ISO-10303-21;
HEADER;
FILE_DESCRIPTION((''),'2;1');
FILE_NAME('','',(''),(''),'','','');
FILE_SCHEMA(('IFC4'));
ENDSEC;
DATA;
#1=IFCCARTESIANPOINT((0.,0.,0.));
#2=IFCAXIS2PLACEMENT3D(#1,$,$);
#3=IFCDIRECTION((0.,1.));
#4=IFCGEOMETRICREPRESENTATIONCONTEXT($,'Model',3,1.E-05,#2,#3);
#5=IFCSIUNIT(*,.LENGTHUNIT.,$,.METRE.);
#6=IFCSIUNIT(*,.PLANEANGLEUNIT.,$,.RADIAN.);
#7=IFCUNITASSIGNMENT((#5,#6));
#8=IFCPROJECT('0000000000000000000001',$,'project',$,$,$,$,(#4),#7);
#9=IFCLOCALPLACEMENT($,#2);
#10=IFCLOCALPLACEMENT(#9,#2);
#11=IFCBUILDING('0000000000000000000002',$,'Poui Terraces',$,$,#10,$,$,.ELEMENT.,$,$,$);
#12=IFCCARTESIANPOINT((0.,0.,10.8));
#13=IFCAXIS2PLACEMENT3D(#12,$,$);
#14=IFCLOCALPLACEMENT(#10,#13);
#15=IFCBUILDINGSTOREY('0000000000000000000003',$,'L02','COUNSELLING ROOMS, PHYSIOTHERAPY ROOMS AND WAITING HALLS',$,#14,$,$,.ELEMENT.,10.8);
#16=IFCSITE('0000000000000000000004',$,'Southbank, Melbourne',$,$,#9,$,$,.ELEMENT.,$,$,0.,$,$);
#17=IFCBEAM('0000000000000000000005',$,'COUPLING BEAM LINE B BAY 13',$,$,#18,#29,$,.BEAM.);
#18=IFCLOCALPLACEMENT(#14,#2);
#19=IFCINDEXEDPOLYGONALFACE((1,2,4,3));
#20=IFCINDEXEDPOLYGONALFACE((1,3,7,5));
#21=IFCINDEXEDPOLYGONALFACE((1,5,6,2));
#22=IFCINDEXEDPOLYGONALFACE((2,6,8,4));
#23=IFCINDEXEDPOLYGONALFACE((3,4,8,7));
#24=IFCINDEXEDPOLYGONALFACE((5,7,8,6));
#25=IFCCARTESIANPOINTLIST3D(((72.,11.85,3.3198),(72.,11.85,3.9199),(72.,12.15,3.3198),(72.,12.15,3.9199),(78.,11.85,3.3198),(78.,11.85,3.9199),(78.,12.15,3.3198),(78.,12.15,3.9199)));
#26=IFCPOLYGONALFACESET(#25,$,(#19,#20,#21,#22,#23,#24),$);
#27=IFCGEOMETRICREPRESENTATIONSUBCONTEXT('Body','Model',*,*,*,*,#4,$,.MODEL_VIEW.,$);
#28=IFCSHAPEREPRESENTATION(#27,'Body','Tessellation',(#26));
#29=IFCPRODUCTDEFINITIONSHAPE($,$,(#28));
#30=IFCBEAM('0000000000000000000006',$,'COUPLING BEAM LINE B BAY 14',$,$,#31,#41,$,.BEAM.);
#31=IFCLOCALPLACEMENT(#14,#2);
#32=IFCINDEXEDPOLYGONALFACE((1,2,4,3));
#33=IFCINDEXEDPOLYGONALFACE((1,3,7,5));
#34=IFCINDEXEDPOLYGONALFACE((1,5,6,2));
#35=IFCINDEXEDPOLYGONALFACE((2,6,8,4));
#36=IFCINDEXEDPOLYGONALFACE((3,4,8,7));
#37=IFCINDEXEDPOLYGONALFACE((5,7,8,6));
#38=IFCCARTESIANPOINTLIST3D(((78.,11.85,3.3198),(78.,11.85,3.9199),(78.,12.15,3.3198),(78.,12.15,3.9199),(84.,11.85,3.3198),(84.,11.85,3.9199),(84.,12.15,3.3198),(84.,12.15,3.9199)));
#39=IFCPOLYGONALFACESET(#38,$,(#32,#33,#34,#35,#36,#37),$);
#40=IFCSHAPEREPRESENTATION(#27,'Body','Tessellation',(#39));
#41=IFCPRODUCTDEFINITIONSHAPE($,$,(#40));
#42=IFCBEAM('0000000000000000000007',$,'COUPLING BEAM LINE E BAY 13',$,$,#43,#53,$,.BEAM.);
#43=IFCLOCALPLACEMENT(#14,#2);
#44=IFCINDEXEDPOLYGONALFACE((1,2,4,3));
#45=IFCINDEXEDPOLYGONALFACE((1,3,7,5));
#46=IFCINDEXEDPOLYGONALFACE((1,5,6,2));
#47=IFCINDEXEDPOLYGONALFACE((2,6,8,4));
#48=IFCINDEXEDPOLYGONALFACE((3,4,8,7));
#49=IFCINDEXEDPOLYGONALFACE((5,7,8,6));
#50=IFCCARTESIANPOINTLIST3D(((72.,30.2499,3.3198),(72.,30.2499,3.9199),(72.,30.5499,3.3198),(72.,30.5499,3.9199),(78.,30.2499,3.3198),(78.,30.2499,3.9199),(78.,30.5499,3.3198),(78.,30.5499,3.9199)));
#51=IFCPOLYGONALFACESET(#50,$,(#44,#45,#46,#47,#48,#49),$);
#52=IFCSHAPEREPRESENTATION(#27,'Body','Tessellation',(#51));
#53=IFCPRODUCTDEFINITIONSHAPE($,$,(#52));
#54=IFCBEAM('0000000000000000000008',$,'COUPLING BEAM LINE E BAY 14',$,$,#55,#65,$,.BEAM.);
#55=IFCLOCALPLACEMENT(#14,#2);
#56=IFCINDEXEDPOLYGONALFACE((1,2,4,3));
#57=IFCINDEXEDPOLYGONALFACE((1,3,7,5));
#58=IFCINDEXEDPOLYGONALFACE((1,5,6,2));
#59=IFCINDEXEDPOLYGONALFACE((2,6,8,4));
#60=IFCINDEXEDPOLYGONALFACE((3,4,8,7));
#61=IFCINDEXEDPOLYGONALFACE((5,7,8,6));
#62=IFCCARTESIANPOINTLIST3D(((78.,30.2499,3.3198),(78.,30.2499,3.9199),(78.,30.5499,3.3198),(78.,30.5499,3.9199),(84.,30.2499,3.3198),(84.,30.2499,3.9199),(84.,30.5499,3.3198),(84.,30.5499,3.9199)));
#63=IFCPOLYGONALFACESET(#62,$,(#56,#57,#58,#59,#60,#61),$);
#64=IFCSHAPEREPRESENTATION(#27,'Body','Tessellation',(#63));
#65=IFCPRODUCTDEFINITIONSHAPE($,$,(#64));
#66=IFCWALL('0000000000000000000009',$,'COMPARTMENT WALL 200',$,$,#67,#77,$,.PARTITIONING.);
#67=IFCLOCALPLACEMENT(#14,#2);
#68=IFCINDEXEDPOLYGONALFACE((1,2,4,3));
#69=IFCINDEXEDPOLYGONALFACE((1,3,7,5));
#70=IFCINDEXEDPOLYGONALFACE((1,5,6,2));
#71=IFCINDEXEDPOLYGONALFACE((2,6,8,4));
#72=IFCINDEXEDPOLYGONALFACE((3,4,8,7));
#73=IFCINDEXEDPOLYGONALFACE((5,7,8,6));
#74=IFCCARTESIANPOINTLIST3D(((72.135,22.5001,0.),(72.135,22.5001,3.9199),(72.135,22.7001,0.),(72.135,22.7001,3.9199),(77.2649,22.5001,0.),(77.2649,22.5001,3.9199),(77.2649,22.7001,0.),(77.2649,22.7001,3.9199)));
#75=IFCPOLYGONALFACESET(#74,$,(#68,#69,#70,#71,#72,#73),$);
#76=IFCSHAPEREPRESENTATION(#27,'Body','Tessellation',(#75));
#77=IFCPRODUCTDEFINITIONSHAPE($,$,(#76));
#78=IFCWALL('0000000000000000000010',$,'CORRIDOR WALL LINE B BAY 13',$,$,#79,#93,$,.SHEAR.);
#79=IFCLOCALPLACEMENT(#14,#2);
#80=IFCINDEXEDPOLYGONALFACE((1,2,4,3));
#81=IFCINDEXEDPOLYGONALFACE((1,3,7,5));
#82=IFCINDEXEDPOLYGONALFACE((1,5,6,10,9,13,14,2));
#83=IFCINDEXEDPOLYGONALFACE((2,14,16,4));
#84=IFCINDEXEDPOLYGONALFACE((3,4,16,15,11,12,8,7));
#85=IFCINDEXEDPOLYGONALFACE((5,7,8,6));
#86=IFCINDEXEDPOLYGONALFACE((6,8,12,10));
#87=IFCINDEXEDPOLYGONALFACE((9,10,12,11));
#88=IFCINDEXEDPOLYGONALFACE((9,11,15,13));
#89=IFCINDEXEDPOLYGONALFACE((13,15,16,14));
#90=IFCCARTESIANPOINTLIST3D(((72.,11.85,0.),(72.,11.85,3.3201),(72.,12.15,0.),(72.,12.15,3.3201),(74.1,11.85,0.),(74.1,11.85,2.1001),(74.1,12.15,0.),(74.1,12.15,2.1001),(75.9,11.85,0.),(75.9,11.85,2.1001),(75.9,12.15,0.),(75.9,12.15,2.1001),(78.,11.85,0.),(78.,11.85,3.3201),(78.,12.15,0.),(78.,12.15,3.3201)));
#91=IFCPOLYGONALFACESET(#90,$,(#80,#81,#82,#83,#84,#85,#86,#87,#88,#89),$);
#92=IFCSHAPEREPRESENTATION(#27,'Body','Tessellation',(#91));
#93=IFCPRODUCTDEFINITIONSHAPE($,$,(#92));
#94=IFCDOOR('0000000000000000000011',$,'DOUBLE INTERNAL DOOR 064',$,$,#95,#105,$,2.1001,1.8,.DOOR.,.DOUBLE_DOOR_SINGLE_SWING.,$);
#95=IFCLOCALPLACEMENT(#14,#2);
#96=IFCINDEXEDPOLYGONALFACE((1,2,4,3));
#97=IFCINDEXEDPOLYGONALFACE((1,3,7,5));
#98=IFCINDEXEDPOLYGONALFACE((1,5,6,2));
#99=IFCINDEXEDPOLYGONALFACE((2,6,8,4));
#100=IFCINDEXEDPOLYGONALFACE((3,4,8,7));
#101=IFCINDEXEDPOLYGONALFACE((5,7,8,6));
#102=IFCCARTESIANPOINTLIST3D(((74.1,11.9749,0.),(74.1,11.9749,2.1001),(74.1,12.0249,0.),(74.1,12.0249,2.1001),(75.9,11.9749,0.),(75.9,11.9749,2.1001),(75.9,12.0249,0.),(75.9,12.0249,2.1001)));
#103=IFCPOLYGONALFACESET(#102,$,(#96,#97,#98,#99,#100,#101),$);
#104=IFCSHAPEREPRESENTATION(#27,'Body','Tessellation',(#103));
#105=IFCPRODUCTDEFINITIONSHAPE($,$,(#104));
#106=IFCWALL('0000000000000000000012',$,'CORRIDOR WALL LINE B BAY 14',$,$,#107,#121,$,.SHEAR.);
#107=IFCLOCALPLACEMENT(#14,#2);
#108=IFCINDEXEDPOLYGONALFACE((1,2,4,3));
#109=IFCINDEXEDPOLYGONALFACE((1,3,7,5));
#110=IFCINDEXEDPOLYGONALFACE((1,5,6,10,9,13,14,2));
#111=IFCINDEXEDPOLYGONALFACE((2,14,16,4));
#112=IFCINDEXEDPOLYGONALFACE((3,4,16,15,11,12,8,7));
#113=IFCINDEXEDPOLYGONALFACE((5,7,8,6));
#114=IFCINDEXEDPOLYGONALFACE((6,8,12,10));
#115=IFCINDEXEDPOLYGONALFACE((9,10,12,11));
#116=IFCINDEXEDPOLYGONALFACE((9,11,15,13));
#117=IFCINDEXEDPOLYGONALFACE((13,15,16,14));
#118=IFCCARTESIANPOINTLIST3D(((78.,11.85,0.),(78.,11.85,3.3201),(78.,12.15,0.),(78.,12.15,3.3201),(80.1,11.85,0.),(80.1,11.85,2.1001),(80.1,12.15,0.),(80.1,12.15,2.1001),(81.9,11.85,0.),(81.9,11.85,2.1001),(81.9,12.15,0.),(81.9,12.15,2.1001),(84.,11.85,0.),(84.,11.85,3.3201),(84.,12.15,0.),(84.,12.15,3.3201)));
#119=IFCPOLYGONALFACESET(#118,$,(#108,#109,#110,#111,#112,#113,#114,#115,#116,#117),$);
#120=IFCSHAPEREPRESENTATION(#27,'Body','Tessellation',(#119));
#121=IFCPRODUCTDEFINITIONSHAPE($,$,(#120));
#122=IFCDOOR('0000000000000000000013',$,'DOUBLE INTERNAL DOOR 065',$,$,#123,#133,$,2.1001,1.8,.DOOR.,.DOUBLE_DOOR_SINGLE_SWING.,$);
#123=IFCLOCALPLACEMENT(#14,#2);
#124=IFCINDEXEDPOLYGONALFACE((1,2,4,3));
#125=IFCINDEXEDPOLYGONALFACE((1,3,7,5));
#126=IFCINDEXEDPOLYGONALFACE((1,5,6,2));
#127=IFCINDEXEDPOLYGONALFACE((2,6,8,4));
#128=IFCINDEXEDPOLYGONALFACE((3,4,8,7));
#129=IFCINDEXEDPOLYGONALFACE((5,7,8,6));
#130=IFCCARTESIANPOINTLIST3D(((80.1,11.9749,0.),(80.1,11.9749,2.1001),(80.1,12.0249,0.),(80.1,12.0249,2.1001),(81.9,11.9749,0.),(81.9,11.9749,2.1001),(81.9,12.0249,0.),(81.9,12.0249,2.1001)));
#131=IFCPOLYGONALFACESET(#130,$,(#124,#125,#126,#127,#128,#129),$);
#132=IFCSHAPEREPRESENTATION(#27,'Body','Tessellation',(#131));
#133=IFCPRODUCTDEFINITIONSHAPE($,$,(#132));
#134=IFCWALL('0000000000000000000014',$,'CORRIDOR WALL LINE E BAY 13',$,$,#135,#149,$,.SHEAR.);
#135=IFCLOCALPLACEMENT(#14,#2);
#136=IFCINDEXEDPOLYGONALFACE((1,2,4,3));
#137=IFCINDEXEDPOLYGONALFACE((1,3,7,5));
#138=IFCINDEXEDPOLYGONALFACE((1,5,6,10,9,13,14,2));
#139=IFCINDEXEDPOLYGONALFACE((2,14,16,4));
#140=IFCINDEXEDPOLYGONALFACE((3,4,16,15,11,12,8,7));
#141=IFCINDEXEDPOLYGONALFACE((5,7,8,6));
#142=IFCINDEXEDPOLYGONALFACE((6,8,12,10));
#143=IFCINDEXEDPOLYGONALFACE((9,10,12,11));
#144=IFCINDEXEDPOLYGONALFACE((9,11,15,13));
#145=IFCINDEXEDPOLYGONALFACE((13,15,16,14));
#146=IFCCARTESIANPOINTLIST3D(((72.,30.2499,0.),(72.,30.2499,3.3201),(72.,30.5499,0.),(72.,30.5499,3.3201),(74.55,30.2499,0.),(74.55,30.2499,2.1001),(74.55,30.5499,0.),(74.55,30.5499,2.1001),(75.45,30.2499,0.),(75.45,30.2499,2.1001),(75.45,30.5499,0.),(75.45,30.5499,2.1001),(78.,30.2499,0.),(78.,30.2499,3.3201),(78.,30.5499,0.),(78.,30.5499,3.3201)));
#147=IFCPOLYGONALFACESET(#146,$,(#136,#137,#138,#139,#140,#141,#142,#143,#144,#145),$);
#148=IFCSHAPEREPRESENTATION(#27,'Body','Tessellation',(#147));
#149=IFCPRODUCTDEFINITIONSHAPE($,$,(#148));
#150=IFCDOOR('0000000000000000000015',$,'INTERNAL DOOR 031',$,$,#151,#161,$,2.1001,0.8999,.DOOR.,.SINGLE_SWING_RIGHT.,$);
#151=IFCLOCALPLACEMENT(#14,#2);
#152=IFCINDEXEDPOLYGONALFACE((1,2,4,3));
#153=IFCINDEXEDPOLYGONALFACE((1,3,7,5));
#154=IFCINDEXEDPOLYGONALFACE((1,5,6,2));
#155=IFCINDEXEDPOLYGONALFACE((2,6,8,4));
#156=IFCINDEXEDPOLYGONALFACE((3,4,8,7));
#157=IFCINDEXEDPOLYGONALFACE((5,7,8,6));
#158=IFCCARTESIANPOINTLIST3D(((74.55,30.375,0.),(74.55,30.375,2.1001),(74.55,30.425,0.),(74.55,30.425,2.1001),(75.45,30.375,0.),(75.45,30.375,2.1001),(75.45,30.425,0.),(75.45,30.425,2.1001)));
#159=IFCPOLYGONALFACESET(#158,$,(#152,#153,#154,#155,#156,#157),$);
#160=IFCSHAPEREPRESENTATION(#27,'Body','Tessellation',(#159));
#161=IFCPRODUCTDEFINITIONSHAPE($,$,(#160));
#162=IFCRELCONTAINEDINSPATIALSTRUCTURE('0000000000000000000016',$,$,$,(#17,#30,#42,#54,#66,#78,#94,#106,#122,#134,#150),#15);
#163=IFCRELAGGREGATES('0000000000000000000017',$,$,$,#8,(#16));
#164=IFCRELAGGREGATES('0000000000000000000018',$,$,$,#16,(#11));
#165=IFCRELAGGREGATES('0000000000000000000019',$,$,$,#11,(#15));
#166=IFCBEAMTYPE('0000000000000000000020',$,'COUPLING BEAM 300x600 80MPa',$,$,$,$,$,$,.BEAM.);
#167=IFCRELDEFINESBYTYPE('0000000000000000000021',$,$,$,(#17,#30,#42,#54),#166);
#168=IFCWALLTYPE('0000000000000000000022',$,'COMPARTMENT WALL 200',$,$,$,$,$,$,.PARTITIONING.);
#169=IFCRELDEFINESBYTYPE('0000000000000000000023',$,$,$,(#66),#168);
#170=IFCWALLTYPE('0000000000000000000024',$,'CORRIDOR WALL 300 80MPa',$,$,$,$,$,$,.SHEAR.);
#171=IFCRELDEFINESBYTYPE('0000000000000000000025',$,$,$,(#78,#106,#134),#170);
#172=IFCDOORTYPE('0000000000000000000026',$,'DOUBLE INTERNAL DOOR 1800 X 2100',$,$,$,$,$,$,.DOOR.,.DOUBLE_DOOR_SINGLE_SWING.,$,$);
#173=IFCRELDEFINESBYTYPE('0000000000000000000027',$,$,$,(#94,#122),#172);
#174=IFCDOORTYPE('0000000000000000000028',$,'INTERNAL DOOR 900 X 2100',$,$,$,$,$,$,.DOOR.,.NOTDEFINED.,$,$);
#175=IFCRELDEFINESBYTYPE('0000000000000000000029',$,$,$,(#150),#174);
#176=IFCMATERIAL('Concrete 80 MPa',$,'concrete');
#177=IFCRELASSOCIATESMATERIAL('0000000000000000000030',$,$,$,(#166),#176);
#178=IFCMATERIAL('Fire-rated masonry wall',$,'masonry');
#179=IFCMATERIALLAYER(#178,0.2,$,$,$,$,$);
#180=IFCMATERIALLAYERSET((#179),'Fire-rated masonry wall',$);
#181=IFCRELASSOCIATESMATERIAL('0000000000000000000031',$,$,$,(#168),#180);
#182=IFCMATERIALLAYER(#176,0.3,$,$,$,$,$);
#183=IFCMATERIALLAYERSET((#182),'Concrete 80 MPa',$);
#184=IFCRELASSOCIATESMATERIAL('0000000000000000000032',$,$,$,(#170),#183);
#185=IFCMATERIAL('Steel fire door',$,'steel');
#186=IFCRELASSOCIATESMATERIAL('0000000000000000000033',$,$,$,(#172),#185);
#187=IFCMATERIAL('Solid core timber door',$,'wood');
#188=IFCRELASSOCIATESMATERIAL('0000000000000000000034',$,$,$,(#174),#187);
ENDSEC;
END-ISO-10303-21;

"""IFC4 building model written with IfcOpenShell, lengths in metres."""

from ifc_helpers import new_model, si_unit, direction, frame, frame_2d, origin, origin_2d, place, context, subcontext, project, spatial, rectangle, extrude, source, transform, mapped, material, layer, layer_set, material_profile, profile_set, type_object, element, fill, save


model = new_model("IFC4")

# Units and contexts
model_context = context("Model", 3, precision=1e-05, world=origin(), true_north=direction((0.0, 1.0)))
body_context = subcontext(model_context, "Body", "Model", "MODEL_VIEW")
ifc_project = project(units=[si_unit("LENGTHUNIT", "METRE"), si_unit("PLANEANGLEUNIT", "RADIAN")], contexts=[model_context])

# Site, building, storey
site_placement = place(None, origin())
site = spatial("IfcSite", under=ifc_project, at=site_placement, Name="Southbank, Melbourne", CompositionType="ELEMENT", RefElevation=0.0)
building_placement = place(site_placement, origin())
building = spatial("IfcBuilding", under=site, at=building_placement, Name="Poui Terraces", CompositionType="ELEMENT")
storey_placement = place(building_placement, frame((0.0, 0.0, 10.8)))
storey = spatial("IfcBuildingStorey", under=building, at=storey_placement, Name="L02", Description="COUNSELLING ROOMS, PHYSIOTHERAPY ROOMS AND WAITING HALLS", CompositionType="ELEMENT", Elevation=10.8)

# Beams
ifc_material_1 = material(Name="Concrete 80 MPa", Category="concrete")
ifc_material_profile = material_profile(ifc_material_1, rectangle(XDim=0.3, YDim=0.6001, at=origin_2d()), Name="RC 300x600")
ifc_profile_set = profile_set([ifc_material_profile], Name="Concrete 80 MPa")
beam_type = type_object("IfcBeamType", Name="COUPLING BEAM 300x600 80MPa", PredefinedType="BEAM", material=ifc_profile_set)
shared_shape = source(origin(), body_context, "Body", "SweptSolid", [
    extrude(rectangle(XDim=0.3, YDim=0.6001, at=origin_2d()), origin(), (0.0, 0.0, 1.0), 6.0),
])
for number, where, z_axis, x_axis, name in (
    (1, (72.0, 12.0, 3.6199), (1.0, 0.0, 0.0), (0.0, 1.0, 0.0), "COUPLING BEAM LINE B BAY 13"),
    (2, (78.0, 12.0, 3.6199), (1.0, 0.0, 0.0), (0.0, 1.0, 0.0), "COUPLING BEAM LINE B BAY 14"),
    (3, (72.0, 30.3999, 3.6199), (1.0, 0.0, 0.0), (0.0, 1.0, 0.0), "COUPLING BEAM LINE E BAY 13"),
    (4, (78.0, 30.3999, 3.6199), (1.0, 0.0, 0.0), (0.0, 1.0, 0.0), "COUPLING BEAM LINE E BAY 14"),
):
    element("IfcBeam", number, at=place(storey_placement, frame(where, z_axis=z_axis, x_axis=x_axis)), inside=storey, type_object=beam_type, Name=name, PredefinedType="BEAM", context=body_context, shape_type="MappedRepresentation", body=[
        mapped(shared_shape, transform((0.0, 0.0, 0.0))),
    ])

# Wall
ifc_material_2 = material(Name="Fire-rated masonry wall", Category="masonry")
ifc_layer_1 = layer(ifc_material_2, 0.2)
ifc_layer_set_1 = layer_set([ifc_layer_1], Name="Fire-rated masonry wall")
wall_type_1 = type_object("IfcWallType", Name="COMPARTMENT WALL 200", PredefinedType="PARTITIONING", material=ifc_layer_set_1)
wall_1_placement = place(storey_placement, frame((72.135, 22.6001, 0.0), z_axis=(0.0, 0.0, 1.0), x_axis=(1.0, 0.0, 0.0)))
element("IfcWall", 5, at=wall_1_placement, inside=storey, type_object=wall_type_1, Name="COMPARTMENT WALL 200", PredefinedType="PARTITIONING", context=body_context, shape_type="SweptSolid", body=[
    extrude(rectangle(XDim=5.1299, YDim=0.2, at=frame_2d((2.5649, 0.0))), origin(), (0.0, 0.0, 1.0), 3.9199),
])

# Walls, openings, doors
ifc_layer_2 = layer(ifc_material_1, 0.3)
ifc_layer_set_2 = layer_set([ifc_layer_2], Name="Concrete 80 MPa")
wall_type_2 = type_object("IfcWallType", Name="CORRIDOR WALL 300 80MPa", PredefinedType="SHEAR", material=ifc_layer_set_2)
wall_2_placement = place(storey_placement, frame((72.0, 12.0, 0.0), z_axis=(0.0, 0.0, 1.0), x_axis=(1.0, 0.0, 0.0)))
wall_2 = element("IfcWall", 6, at=wall_2_placement, inside=storey, type_object=wall_type_2, Name="CORRIDOR WALL LINE B BAY 13", PredefinedType="SHEAR", context=body_context, shape_type="SweptSolid", body=[
    extrude(rectangle(XDim=6.0, YDim=0.3, at=frame_2d((3.0, 0.0))), origin(), (0.0, 0.0, 1.0), 3.3201),
])
opening_1_placement = place(wall_2_placement, frame((2.1001, 0.0, 0.0)))
opening_1 = element("IfcOpeningElement", 7, at=opening_1_placement, cuts=wall_2, PredefinedType="OPENING", context=body_context, shape_type="SweptSolid", body=[
    extrude(rectangle(XDim=1.8, YDim=2.1001, at=frame_2d((0.8999, 1.05))), frame((0.0, 0.1602, 0.0), z_axis=(0.0, -1.0, 0.0), x_axis=(1.0, 0.0, 0.0)), (0.0, 0.0, 1.0), 0.3201),
])
ifc_material_3 = material(Name="Steel fire door", Category="steel")
door_type_1 = type_object("IfcDoorType", Name="DOUBLE INTERNAL DOOR 1800 X 2100", OperationType="DOUBLE_DOOR_SINGLE_SWING", PredefinedType="DOOR", material=ifc_material_3)
door_1_placement = place(opening_1_placement, origin())
door_1 = element("IfcDoor", 8, at=door_1_placement, inside=storey, type_object=door_type_1, Name="DOUBLE INTERNAL DOOR 064", OperationType="DOUBLE_DOOR_SINGLE_SWING", OverallHeight=2.1001, OverallWidth=1.8, PredefinedType="DOOR", context=body_context, shape_type="SweptSolid", body=[
    extrude(rectangle(XDim=1.8, YDim=2.1001, at=frame_2d((0.8999, 1.05))), frame((0.0, 0.0249, 0.0), z_axis=(0.0, -1.0, 0.0), x_axis=(1.0, 0.0, 0.0)), (0.0, 0.0, 1.0), 0.05),
])
fill(opening_1, door_1)
wall_3_placement = place(storey_placement, frame((78.0, 12.0, 0.0), z_axis=(0.0, 0.0, 1.0), x_axis=(1.0, 0.0, 0.0)))
wall_3 = element("IfcWall", 9, at=wall_3_placement, inside=storey, type_object=wall_type_2, Name="CORRIDOR WALL LINE B BAY 14", PredefinedType="SHEAR", context=body_context, shape_type="SweptSolid", body=[
    extrude(rectangle(XDim=6.0, YDim=0.3, at=frame_2d((3.0, 0.0))), origin(), (0.0, 0.0, 1.0), 3.3201),
])
opening_2_placement = place(wall_3_placement, frame((2.1001, 0.0, 0.0)))
opening_2 = element("IfcOpeningElement", 10, at=opening_2_placement, cuts=wall_3, PredefinedType="OPENING", context=body_context, shape_type="SweptSolid", body=[
    extrude(rectangle(XDim=1.8, YDim=2.1001, at=frame_2d((0.8999, 1.05))), frame((0.0, 0.1602, 0.0), z_axis=(0.0, -1.0, 0.0), x_axis=(1.0, 0.0, 0.0)), (0.0, 0.0, 1.0), 0.3201),
])
door_2_placement = place(opening_2_placement, origin())
door_2 = element("IfcDoor", 11, at=door_2_placement, inside=storey, type_object=door_type_1, Name="DOUBLE INTERNAL DOOR 065", OperationType="DOUBLE_DOOR_SINGLE_SWING", OverallHeight=2.1001, OverallWidth=1.8, PredefinedType="DOOR", context=body_context, shape_type="SweptSolid", body=[
    extrude(rectangle(XDim=1.8, YDim=2.1001, at=frame_2d((0.8999, 1.05))), frame((0.0, 0.0249, 0.0), z_axis=(0.0, -1.0, 0.0), x_axis=(1.0, 0.0, 0.0)), (0.0, 0.0, 1.0), 0.05),
])
fill(opening_2, door_2)
wall_4_placement = place(storey_placement, frame((72.0, 30.3999, 0.0), z_axis=(0.0, 0.0, 1.0), x_axis=(1.0, 0.0, 0.0)))
wall_4 = element("IfcWall", 12, at=wall_4_placement, inside=storey, type_object=wall_type_2, Name="CORRIDOR WALL LINE E BAY 13", PredefinedType="SHEAR", context=body_context, shape_type="SweptSolid", body=[
    extrude(rectangle(XDim=6.0, YDim=0.3, at=frame_2d((3.0, 0.0))), origin(), (0.0, 0.0, 1.0), 3.3201),
])
opening_3_placement = place(wall_4_placement, frame((2.55, 0.0, 0.0)))
opening_3 = element("IfcOpeningElement", 13, at=opening_3_placement, cuts=wall_4, PredefinedType="OPENING", context=body_context, shape_type="SweptSolid", body=[
    extrude(rectangle(XDim=0.8999, YDim=2.1001, at=frame_2d((0.45, 1.05))), frame((0.0, 0.1602, 0.0), z_axis=(0.0, -1.0, 0.0), x_axis=(1.0, 0.0, 0.0)), (0.0, 0.0, 1.0), 0.3201),
])
ifc_material_4 = material(Name="Solid core timber door", Category="wood")
door_type_2 = type_object("IfcDoorType", Name="INTERNAL DOOR 900 X 2100", OperationType="NOTDEFINED", PredefinedType="DOOR", material=ifc_material_4)
door_3_placement = place(opening_3_placement, frame((0.8999, 0.0, 0.0), z_axis=(0.0, 0.0, 1.0), x_axis=(-1.0, 0.0, 0.0)))
door_3 = element("IfcDoor", 14, at=door_3_placement, inside=storey, type_object=door_type_2, Name="INTERNAL DOOR 031", OperationType="SINGLE_SWING_RIGHT", OverallHeight=2.1001, OverallWidth=0.8999, PredefinedType="DOOR", context=body_context, shape_type="SweptSolid", body=[
    extrude(rectangle(XDim=0.8999, YDim=2.1001, at=frame_2d((0.45, 1.05))), frame((0.0, 0.0249, 0.0), z_axis=(0.0, -1.0, 0.0), x_axis=(1.0, 0.0, 0.0)), (0.0, 0.0, 1.0), 0.05),
])
fill(opening_3, door_3)

save(model, "model.ifc")
